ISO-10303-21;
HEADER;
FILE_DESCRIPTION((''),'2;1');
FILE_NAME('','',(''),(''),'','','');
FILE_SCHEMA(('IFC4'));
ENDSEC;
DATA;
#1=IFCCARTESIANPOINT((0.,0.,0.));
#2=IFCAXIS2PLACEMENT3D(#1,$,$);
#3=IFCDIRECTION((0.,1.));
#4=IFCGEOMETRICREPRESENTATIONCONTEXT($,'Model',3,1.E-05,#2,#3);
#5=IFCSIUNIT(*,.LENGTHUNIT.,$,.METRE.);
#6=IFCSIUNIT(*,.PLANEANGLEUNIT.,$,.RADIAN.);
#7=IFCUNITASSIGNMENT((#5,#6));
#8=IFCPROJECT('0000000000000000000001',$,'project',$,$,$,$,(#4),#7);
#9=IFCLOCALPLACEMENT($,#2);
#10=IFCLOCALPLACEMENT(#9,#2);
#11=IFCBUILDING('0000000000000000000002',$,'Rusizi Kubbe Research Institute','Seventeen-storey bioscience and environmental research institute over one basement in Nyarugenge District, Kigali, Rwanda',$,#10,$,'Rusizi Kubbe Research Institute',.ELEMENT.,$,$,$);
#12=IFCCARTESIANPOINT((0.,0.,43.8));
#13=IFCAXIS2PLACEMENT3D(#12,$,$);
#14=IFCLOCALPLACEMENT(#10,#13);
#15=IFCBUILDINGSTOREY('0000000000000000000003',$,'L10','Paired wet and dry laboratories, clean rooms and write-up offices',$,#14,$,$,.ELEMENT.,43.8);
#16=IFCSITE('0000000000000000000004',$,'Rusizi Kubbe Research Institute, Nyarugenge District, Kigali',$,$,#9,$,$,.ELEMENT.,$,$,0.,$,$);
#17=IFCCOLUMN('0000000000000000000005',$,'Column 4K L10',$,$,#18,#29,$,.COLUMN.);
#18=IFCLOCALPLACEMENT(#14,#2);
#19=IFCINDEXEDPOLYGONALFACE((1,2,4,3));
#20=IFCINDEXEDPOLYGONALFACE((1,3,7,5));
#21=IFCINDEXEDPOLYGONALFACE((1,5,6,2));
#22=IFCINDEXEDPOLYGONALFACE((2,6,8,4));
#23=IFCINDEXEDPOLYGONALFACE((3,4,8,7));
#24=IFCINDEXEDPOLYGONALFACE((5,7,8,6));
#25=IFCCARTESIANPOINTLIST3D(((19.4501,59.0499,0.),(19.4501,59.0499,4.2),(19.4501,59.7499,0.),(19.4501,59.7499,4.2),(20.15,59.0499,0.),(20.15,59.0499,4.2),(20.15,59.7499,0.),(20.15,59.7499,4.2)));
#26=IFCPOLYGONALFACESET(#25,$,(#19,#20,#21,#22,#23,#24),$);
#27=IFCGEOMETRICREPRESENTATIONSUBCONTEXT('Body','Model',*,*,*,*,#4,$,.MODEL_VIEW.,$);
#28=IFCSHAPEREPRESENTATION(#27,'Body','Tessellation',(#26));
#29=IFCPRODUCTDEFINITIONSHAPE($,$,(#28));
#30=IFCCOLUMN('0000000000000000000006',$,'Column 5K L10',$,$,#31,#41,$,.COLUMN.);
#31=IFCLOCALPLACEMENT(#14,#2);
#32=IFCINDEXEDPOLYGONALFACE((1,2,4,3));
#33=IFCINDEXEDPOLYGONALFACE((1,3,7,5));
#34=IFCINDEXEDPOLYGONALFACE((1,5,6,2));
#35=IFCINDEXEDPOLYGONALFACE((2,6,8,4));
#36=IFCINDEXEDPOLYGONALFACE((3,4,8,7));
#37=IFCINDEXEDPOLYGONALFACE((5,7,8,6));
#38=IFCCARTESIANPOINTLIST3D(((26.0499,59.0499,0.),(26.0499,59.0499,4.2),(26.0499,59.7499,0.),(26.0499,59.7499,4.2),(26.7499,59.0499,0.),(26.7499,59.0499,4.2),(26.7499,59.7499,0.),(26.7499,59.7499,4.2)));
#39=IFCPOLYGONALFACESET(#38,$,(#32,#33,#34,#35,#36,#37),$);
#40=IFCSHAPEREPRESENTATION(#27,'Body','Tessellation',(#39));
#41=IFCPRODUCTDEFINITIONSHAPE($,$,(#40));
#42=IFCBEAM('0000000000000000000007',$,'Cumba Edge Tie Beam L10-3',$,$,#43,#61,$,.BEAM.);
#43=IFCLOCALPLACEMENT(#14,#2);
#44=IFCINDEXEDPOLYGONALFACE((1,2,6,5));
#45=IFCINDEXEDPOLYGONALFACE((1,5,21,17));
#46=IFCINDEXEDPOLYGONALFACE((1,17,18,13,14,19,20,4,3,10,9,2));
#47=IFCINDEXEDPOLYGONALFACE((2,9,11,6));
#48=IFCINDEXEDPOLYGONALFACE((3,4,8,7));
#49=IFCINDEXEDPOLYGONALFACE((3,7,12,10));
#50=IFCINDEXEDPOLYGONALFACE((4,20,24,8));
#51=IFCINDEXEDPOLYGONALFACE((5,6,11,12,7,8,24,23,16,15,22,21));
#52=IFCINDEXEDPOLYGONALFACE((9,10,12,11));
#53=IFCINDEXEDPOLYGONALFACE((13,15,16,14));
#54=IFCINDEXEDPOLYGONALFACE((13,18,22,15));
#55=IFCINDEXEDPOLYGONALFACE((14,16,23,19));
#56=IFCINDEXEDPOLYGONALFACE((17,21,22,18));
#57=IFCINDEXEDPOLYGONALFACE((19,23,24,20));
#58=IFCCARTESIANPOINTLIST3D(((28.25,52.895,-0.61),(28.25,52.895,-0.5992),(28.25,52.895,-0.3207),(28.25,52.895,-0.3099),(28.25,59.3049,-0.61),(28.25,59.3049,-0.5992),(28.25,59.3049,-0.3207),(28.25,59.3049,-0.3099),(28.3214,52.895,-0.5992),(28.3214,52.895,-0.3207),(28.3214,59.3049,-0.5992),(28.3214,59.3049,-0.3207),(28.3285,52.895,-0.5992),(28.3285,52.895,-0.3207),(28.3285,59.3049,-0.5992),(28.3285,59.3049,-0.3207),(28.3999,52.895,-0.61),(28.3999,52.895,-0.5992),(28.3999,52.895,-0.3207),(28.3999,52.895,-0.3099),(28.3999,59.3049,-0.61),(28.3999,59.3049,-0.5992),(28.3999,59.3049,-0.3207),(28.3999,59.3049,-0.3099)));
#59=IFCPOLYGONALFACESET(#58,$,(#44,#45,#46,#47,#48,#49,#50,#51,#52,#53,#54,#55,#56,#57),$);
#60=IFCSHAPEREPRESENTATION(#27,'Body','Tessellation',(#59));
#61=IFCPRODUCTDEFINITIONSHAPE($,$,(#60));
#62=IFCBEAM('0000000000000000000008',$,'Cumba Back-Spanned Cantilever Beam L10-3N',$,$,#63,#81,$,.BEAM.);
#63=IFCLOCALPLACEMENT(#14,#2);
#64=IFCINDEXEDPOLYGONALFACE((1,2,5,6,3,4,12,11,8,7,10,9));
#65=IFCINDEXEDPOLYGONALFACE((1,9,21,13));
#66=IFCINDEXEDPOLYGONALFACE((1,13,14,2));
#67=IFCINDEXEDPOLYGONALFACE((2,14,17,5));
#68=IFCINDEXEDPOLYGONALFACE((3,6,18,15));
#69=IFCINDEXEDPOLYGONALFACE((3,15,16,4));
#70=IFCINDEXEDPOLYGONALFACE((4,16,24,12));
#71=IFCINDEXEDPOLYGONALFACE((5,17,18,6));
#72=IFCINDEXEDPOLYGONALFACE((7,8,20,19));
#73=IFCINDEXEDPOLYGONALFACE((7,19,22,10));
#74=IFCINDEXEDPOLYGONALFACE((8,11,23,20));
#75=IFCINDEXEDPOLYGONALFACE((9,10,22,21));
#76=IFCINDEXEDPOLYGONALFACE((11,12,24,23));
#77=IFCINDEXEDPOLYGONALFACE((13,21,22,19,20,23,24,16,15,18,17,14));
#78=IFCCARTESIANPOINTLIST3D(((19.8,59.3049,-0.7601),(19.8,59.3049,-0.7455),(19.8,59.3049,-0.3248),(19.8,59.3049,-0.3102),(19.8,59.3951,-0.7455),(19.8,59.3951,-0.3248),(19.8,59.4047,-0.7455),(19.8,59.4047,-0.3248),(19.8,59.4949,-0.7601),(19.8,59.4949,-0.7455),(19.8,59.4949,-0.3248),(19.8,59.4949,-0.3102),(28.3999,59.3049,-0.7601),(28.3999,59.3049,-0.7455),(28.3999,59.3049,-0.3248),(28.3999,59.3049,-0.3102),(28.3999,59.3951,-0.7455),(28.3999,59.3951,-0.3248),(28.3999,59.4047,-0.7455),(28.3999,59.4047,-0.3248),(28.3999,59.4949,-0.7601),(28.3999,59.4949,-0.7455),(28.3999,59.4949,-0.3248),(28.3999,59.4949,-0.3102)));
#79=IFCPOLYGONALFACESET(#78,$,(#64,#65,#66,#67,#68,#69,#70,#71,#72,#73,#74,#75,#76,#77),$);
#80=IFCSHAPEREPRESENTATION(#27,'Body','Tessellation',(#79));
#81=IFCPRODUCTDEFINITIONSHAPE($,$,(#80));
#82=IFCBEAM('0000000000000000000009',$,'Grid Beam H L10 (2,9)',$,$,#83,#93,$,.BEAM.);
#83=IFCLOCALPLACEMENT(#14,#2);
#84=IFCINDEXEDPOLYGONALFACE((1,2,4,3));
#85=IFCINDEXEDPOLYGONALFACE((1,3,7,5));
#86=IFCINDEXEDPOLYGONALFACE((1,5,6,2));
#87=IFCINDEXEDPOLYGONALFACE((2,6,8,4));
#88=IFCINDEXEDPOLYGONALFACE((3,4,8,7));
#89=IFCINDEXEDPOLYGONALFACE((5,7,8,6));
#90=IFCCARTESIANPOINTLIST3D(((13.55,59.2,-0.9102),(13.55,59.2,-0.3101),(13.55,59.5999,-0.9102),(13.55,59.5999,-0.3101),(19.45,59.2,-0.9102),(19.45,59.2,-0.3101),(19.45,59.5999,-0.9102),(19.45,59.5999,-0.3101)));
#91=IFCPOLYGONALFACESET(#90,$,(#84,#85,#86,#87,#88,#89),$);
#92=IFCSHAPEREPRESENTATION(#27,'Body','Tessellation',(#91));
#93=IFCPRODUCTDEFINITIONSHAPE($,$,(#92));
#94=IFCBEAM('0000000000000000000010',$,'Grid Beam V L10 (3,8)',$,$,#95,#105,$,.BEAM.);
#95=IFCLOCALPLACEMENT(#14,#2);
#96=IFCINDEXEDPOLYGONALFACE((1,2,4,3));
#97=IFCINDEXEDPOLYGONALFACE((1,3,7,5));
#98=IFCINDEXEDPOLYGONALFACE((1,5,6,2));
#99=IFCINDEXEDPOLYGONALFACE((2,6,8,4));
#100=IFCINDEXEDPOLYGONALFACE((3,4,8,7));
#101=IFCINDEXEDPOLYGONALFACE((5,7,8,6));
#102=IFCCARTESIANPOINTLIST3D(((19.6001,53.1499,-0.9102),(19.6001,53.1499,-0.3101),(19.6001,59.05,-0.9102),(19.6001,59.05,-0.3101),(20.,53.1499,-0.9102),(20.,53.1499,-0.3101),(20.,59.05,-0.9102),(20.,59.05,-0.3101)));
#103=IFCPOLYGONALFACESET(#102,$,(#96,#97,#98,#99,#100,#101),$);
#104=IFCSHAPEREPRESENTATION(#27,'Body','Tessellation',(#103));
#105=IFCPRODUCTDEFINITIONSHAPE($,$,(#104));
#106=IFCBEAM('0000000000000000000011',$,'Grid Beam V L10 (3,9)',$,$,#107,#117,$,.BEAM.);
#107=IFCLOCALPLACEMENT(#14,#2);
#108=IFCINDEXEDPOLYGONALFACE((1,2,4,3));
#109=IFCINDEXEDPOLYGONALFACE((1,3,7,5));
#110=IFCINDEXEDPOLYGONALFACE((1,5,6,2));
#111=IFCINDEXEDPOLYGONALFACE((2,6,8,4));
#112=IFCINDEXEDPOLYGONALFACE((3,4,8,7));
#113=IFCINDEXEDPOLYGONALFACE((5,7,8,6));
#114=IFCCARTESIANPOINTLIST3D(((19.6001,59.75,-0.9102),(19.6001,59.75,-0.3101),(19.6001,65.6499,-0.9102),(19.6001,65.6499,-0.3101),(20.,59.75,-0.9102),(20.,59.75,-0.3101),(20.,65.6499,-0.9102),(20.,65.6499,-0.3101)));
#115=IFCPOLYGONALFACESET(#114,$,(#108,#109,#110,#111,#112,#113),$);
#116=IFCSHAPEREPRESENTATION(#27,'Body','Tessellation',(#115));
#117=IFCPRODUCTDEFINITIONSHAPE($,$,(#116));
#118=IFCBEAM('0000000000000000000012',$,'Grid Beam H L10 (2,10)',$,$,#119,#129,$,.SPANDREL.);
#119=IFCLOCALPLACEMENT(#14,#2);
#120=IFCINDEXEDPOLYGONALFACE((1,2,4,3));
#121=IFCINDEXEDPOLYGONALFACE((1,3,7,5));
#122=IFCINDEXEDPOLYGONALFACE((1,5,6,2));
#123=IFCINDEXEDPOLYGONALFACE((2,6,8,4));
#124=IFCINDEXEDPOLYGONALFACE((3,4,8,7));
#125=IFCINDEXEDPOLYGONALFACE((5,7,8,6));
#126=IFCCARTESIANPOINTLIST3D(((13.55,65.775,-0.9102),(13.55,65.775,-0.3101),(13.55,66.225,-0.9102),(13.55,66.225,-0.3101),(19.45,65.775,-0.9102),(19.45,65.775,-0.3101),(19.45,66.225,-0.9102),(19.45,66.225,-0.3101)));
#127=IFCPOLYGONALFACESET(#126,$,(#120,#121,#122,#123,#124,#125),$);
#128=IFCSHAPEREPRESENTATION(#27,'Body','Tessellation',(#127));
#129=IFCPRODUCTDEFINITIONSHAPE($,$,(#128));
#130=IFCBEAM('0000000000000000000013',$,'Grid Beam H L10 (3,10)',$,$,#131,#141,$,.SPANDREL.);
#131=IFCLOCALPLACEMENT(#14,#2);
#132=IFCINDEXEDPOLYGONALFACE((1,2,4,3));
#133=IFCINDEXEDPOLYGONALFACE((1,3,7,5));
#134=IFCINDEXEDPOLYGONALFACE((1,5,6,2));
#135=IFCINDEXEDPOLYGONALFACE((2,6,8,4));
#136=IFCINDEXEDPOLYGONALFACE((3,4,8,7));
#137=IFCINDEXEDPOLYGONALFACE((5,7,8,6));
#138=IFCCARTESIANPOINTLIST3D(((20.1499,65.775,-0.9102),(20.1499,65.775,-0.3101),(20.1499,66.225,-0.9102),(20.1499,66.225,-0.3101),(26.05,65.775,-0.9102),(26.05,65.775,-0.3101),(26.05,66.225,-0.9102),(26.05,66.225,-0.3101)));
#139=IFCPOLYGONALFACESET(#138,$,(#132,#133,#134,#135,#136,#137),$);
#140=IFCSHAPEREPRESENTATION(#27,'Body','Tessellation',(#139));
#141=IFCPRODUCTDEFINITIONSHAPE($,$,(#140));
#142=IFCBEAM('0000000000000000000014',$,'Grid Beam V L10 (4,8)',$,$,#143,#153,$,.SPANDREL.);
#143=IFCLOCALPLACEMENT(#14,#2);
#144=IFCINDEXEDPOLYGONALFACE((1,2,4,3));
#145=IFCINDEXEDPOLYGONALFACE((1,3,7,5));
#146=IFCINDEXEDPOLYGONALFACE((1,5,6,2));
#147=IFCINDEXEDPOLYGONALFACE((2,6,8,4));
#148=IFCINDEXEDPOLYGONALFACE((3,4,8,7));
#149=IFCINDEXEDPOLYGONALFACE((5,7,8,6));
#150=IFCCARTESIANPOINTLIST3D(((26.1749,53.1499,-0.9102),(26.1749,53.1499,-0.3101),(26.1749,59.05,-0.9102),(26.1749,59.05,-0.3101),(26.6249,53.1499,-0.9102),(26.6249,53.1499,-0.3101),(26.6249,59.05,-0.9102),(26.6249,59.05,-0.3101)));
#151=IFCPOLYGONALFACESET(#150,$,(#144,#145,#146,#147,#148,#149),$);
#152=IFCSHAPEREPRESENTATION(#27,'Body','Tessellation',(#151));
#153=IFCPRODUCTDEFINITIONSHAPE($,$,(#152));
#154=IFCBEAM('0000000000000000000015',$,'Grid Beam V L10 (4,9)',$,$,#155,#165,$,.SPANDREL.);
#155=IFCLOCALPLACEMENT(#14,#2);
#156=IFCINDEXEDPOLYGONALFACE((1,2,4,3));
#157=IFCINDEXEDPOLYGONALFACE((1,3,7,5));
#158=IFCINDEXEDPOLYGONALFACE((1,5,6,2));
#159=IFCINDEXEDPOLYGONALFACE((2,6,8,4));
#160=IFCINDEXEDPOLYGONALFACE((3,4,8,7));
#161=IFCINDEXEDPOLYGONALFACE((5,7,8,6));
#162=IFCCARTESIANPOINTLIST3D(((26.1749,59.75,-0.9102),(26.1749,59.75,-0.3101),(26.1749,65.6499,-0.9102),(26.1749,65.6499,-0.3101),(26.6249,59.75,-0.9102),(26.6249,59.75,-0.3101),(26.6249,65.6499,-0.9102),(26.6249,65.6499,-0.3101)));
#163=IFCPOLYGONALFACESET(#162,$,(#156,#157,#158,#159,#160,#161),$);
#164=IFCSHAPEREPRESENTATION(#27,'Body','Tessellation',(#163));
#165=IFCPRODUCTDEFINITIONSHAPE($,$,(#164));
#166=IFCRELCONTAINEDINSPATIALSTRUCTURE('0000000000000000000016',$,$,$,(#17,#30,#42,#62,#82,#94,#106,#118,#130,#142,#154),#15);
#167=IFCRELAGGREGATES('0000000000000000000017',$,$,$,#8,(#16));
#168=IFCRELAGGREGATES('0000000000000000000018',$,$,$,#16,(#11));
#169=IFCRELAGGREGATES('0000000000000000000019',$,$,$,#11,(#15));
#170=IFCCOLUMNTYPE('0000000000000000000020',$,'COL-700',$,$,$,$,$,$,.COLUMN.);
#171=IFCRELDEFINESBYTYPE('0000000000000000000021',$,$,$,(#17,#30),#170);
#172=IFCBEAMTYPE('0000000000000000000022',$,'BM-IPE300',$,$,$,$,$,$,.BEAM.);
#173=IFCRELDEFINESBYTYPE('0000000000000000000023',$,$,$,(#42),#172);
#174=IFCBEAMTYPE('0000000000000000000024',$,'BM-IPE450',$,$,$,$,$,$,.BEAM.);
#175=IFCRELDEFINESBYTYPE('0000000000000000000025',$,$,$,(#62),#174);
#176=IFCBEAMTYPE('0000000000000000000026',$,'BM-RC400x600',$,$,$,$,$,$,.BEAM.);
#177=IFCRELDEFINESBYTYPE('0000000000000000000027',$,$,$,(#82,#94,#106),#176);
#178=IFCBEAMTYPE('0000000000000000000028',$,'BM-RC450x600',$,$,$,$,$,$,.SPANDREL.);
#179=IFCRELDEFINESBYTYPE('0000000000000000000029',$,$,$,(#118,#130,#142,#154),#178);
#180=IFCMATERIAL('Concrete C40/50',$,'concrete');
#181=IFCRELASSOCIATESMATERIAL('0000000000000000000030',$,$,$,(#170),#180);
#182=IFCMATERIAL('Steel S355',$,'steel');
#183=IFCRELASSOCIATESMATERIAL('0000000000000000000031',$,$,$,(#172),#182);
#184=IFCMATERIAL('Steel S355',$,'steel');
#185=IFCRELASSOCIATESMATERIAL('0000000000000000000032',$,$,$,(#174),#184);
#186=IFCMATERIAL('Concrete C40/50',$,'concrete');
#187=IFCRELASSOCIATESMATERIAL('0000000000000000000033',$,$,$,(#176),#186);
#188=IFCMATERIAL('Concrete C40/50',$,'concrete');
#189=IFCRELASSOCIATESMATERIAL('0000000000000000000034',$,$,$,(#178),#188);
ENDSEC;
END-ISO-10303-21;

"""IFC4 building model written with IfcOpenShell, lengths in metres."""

from ifc_helpers import new_model, si_unit, direction, frame, origin, origin_2d, place, context, subcontext, project, spatial, rectangle, i_section, extrude, material, material_profile, profile_set, type_object, element, save


model = new_model("IFC4")

# Units and contexts
model_context = context("Model", 3, precision=1e-05, world=origin(), true_north=direction((0.0, 1.0)))
body_context = subcontext(model_context, "Body", "Model", "MODEL_VIEW")
ifc_project = project(units=[si_unit("LENGTHUNIT", "METRE"), si_unit("PLANEANGLEUNIT", "RADIAN")], contexts=[model_context])

# Site, building, storey
site_placement = place(None, origin())
site = spatial("IfcSite", under=ifc_project, at=site_placement, Name="Rusizi Kubbe Research Institute, Nyarugenge District, Kigali", CompositionType="ELEMENT", RefElevation=0.0)
building_placement = place(site_placement, origin())
building = spatial("IfcBuilding", under=site, at=building_placement, Name="Rusizi Kubbe Research Institute", Description="Seventeen-storey bioscience and environmental research institute over one basement in Nyarugenge District, Kigali, Rwanda", LongName="Rusizi Kubbe Research Institute", CompositionType="ELEMENT")
storey_placement = place(building_placement, frame((0.0, 0.0, 43.8)))
storey = spatial("IfcBuildingStorey", under=building, at=storey_placement, Name="L10", Description="Paired wet and dry laboratories, clean rooms and write-up offices", CompositionType="ELEMENT", Elevation=43.8)

# Columns
ifc_material_1 = material(Name="Concrete C40/50", Category="concrete")
ifc_material_profile_1 = material_profile(ifc_material_1, rectangle(XDim=0.7, YDim=0.7, at=origin_2d()), Name="RC700x700")
ifc_profile_set_1 = profile_set([ifc_material_profile_1], Name="Concrete C40/50")
column_type = type_object("IfcColumnType", Name="COL-700", PredefinedType="COLUMN", material=ifc_profile_set_1)
for number, where, z_axis, x_axis, name in (
    (1, (19.8, 59.3999, 0.0), (0.0, 0.0, 1.0), (1.0, 0.0, 0.0), "Column 4K L10"),
    (2, (26.3999, 59.3999, 0.0), (0.0, 0.0, 1.0), (1.0, 0.0, 0.0), "Column 5K L10"),
):
    element("IfcColumn", number, at=place(storey_placement, frame(where, z_axis=z_axis, x_axis=x_axis)), inside=storey, type_object=column_type, Name=name, PredefinedType="COLUMN", context=body_context, shape_type="SweptSolid", body=[
        extrude(rectangle(XDim=0.7, YDim=0.7, at=origin_2d()), origin(), (0.0, 0.0, 1.0), 4.2),
    ])

# Beams
ifc_material_2 = material(Name="Steel S355", Category="steel")
ifc_material_profile_2 = material_profile(ifc_material_2, i_section(OverallWidth=0.1499, OverallDepth=0.3, WebThickness=0.0071, FlangeThickness=0.0107, at=origin_2d()), Name="IPE 300")
ifc_profile_set_2 = profile_set([ifc_material_profile_2], Name="Steel S355")
beam_type_1 = type_object("IfcBeamType", Name="BM-IPE300", PredefinedType="BEAM", material=ifc_profile_set_2)
beam_1_placement = place(storey_placement, frame((28.325, 52.895, -0.46), z_axis=(0.0, 1.0, 0.0), x_axis=(-1.0, 0.0, 0.0)))
element("IfcBeam", 3, at=beam_1_placement, inside=storey, type_object=beam_type_1, Name="Cumba Edge Tie Beam L10-3", PredefinedType="BEAM", context=body_context, shape_type="SweptSolid", body=[
    extrude(i_section(OverallWidth=0.1499, OverallDepth=0.3, WebThickness=0.0071, FlangeThickness=0.0107, at=origin_2d()), origin(), (0.0, 0.0, 1.0), 6.4099),
])
ifc_material_3 = material(Name="Steel S355", Category="steel")
ifc_material_profile_3 = material_profile(ifc_material_3, i_section(OverallWidth=0.1899, OverallDepth=0.45, WebThickness=0.0095, FlangeThickness=0.0146, at=origin_2d()), Name="IPE 450")
ifc_profile_set_3 = profile_set([ifc_material_profile_3], Name="Steel S355")
beam_type_2 = type_object("IfcBeamType", Name="BM-IPE450", PredefinedType="BEAM", material=ifc_profile_set_3)
beam_2_placement = place(storey_placement, frame((19.8, 59.3999, -0.5352), z_axis=(1.0, 0.0, 0.0), x_axis=(0.0, 1.0, 0.0)))
element("IfcBeam", 4, at=beam_2_placement, inside=storey, type_object=beam_type_2, Name="Cumba Back-Spanned Cantilever Beam L10-3N", PredefinedType="BEAM", context=body_context, shape_type="SweptSolid", body=[
    extrude(i_section(OverallWidth=0.1899, OverallDepth=0.45, WebThickness=0.0095, FlangeThickness=0.0146, at=origin_2d()), origin(), (0.0, 0.0, 1.0), 8.5999),
])
ifc_material_4 = material(Name="Concrete C40/50", Category="concrete")
ifc_material_profile_4 = material_profile(ifc_material_4, rectangle(XDim=0.3999, YDim=0.6001, at=origin_2d()), Name="RC400x600")
ifc_profile_set_4 = profile_set([ifc_material_profile_4], Name="Concrete C40/50")
beam_type_3 = type_object("IfcBeamType", Name="BM-RC400x600", PredefinedType="BEAM", material=ifc_profile_set_4)
beam_3_placement = place(storey_placement, frame((13.55, 59.3999, -0.6101), z_axis=(1.0, 0.0, 0.0), x_axis=(0.0, 1.0, 0.0)))
element("IfcBeam", 5, at=beam_3_placement, inside=storey, type_object=beam_type_3, Name="Grid Beam H L10 (2,9)", PredefinedType="BEAM", context=body_context, shape_type="SweptSolid", body=[
    extrude(rectangle(XDim=0.3999, YDim=0.6001, at=origin_2d()), origin(), (0.0, 0.0, 1.0), 5.8999),
])
beam_4_placement = place(storey_placement, frame((19.8, 53.1499, -0.6101), z_axis=(0.0, 1.0, 0.0), x_axis=(-1.0, 0.0, 0.0)))
element("IfcBeam", 6, at=beam_4_placement, inside=storey, type_object=beam_type_3, Name="Grid Beam V L10 (3,8)", PredefinedType="BEAM", context=body_context, shape_type="SweptSolid", body=[
    extrude(rectangle(XDim=0.3999, YDim=0.6001, at=origin_2d()), origin(), (0.0, 0.0, 1.0), 5.9001),
])
beam_5_placement = place(storey_placement, frame((19.8, 59.75, -0.6101), z_axis=(0.0, 1.0, 0.0), x_axis=(-1.0, 0.0, 0.0)))
element("IfcBeam", 7, at=beam_5_placement, inside=storey, type_object=beam_type_3, Name="Grid Beam V L10 (3,9)", PredefinedType="BEAM", context=body_context, shape_type="SweptSolid", body=[
    extrude(rectangle(XDim=0.3999, YDim=0.6001, at=origin_2d()), origin(), (0.0, 0.0, 1.0), 5.8999),
])
ifc_material_5 = material(Name="Concrete C40/50", Category="concrete")
ifc_material_profile_5 = material_profile(ifc_material_5, rectangle(XDim=0.45, YDim=0.6001, at=origin_2d()), Name="RC450x600")
ifc_profile_set_5 = profile_set([ifc_material_profile_5], Name="Concrete C40/50")
beam_type_4 = type_object("IfcBeamType", Name="BM-RC450x600", PredefinedType="SPANDREL", material=ifc_profile_set_5)
beam_6_placement = place(storey_placement, frame((13.55, 66.0, -0.6101), z_axis=(1.0, 0.0, 0.0), x_axis=(0.0, 1.0, 0.0)))
element("IfcBeam", 8, at=beam_6_placement, inside=storey, type_object=beam_type_4, Name="Grid Beam H L10 (2,10)", PredefinedType="SPANDREL", context=body_context, shape_type="SweptSolid", body=[
    extrude(rectangle(XDim=0.45, YDim=0.6001, at=origin_2d()), origin(), (0.0, 0.0, 1.0), 5.8999),
])
for number, where, z_axis, x_axis, name in (
    (9, (20.1499, 66.0, -0.6101), (1.0, 0.0, 0.0), (0.0, 1.0, 0.0), "Grid Beam H L10 (3,10)"),
    (10, (26.3999, 53.1499, -0.6101), (0.0, 1.0, 0.0), (-1.0, 0.0, 0.0), "Grid Beam V L10 (4,8)"),
):
    element("IfcBeam", number, at=place(storey_placement, frame(where, z_axis=z_axis, x_axis=x_axis)), inside=storey, type_object=beam_type_4, Name=name, PredefinedType="SPANDREL", context=body_context, shape_type="SweptSolid", body=[
        extrude(rectangle(XDim=0.45, YDim=0.6001, at=origin_2d()), origin(), (0.0, 0.0, 1.0), 5.9001),
    ])
beam_7_placement = place(storey_placement, frame((26.3999, 59.75, -0.6101), z_axis=(0.0, 1.0, 0.0), x_axis=(-1.0, 0.0, 0.0)))
element("IfcBeam", 11, at=beam_7_placement, inside=storey, type_object=beam_type_4, Name="Grid Beam V L10 (4,9)", PredefinedType="SPANDREL", context=body_context, shape_type="SweptSolid", body=[
    extrude(rectangle(XDim=0.45, YDim=0.6001, at=origin_2d()), origin(), (0.0, 0.0, 1.0), 5.8999),
])

save(model, "model.ifc")
